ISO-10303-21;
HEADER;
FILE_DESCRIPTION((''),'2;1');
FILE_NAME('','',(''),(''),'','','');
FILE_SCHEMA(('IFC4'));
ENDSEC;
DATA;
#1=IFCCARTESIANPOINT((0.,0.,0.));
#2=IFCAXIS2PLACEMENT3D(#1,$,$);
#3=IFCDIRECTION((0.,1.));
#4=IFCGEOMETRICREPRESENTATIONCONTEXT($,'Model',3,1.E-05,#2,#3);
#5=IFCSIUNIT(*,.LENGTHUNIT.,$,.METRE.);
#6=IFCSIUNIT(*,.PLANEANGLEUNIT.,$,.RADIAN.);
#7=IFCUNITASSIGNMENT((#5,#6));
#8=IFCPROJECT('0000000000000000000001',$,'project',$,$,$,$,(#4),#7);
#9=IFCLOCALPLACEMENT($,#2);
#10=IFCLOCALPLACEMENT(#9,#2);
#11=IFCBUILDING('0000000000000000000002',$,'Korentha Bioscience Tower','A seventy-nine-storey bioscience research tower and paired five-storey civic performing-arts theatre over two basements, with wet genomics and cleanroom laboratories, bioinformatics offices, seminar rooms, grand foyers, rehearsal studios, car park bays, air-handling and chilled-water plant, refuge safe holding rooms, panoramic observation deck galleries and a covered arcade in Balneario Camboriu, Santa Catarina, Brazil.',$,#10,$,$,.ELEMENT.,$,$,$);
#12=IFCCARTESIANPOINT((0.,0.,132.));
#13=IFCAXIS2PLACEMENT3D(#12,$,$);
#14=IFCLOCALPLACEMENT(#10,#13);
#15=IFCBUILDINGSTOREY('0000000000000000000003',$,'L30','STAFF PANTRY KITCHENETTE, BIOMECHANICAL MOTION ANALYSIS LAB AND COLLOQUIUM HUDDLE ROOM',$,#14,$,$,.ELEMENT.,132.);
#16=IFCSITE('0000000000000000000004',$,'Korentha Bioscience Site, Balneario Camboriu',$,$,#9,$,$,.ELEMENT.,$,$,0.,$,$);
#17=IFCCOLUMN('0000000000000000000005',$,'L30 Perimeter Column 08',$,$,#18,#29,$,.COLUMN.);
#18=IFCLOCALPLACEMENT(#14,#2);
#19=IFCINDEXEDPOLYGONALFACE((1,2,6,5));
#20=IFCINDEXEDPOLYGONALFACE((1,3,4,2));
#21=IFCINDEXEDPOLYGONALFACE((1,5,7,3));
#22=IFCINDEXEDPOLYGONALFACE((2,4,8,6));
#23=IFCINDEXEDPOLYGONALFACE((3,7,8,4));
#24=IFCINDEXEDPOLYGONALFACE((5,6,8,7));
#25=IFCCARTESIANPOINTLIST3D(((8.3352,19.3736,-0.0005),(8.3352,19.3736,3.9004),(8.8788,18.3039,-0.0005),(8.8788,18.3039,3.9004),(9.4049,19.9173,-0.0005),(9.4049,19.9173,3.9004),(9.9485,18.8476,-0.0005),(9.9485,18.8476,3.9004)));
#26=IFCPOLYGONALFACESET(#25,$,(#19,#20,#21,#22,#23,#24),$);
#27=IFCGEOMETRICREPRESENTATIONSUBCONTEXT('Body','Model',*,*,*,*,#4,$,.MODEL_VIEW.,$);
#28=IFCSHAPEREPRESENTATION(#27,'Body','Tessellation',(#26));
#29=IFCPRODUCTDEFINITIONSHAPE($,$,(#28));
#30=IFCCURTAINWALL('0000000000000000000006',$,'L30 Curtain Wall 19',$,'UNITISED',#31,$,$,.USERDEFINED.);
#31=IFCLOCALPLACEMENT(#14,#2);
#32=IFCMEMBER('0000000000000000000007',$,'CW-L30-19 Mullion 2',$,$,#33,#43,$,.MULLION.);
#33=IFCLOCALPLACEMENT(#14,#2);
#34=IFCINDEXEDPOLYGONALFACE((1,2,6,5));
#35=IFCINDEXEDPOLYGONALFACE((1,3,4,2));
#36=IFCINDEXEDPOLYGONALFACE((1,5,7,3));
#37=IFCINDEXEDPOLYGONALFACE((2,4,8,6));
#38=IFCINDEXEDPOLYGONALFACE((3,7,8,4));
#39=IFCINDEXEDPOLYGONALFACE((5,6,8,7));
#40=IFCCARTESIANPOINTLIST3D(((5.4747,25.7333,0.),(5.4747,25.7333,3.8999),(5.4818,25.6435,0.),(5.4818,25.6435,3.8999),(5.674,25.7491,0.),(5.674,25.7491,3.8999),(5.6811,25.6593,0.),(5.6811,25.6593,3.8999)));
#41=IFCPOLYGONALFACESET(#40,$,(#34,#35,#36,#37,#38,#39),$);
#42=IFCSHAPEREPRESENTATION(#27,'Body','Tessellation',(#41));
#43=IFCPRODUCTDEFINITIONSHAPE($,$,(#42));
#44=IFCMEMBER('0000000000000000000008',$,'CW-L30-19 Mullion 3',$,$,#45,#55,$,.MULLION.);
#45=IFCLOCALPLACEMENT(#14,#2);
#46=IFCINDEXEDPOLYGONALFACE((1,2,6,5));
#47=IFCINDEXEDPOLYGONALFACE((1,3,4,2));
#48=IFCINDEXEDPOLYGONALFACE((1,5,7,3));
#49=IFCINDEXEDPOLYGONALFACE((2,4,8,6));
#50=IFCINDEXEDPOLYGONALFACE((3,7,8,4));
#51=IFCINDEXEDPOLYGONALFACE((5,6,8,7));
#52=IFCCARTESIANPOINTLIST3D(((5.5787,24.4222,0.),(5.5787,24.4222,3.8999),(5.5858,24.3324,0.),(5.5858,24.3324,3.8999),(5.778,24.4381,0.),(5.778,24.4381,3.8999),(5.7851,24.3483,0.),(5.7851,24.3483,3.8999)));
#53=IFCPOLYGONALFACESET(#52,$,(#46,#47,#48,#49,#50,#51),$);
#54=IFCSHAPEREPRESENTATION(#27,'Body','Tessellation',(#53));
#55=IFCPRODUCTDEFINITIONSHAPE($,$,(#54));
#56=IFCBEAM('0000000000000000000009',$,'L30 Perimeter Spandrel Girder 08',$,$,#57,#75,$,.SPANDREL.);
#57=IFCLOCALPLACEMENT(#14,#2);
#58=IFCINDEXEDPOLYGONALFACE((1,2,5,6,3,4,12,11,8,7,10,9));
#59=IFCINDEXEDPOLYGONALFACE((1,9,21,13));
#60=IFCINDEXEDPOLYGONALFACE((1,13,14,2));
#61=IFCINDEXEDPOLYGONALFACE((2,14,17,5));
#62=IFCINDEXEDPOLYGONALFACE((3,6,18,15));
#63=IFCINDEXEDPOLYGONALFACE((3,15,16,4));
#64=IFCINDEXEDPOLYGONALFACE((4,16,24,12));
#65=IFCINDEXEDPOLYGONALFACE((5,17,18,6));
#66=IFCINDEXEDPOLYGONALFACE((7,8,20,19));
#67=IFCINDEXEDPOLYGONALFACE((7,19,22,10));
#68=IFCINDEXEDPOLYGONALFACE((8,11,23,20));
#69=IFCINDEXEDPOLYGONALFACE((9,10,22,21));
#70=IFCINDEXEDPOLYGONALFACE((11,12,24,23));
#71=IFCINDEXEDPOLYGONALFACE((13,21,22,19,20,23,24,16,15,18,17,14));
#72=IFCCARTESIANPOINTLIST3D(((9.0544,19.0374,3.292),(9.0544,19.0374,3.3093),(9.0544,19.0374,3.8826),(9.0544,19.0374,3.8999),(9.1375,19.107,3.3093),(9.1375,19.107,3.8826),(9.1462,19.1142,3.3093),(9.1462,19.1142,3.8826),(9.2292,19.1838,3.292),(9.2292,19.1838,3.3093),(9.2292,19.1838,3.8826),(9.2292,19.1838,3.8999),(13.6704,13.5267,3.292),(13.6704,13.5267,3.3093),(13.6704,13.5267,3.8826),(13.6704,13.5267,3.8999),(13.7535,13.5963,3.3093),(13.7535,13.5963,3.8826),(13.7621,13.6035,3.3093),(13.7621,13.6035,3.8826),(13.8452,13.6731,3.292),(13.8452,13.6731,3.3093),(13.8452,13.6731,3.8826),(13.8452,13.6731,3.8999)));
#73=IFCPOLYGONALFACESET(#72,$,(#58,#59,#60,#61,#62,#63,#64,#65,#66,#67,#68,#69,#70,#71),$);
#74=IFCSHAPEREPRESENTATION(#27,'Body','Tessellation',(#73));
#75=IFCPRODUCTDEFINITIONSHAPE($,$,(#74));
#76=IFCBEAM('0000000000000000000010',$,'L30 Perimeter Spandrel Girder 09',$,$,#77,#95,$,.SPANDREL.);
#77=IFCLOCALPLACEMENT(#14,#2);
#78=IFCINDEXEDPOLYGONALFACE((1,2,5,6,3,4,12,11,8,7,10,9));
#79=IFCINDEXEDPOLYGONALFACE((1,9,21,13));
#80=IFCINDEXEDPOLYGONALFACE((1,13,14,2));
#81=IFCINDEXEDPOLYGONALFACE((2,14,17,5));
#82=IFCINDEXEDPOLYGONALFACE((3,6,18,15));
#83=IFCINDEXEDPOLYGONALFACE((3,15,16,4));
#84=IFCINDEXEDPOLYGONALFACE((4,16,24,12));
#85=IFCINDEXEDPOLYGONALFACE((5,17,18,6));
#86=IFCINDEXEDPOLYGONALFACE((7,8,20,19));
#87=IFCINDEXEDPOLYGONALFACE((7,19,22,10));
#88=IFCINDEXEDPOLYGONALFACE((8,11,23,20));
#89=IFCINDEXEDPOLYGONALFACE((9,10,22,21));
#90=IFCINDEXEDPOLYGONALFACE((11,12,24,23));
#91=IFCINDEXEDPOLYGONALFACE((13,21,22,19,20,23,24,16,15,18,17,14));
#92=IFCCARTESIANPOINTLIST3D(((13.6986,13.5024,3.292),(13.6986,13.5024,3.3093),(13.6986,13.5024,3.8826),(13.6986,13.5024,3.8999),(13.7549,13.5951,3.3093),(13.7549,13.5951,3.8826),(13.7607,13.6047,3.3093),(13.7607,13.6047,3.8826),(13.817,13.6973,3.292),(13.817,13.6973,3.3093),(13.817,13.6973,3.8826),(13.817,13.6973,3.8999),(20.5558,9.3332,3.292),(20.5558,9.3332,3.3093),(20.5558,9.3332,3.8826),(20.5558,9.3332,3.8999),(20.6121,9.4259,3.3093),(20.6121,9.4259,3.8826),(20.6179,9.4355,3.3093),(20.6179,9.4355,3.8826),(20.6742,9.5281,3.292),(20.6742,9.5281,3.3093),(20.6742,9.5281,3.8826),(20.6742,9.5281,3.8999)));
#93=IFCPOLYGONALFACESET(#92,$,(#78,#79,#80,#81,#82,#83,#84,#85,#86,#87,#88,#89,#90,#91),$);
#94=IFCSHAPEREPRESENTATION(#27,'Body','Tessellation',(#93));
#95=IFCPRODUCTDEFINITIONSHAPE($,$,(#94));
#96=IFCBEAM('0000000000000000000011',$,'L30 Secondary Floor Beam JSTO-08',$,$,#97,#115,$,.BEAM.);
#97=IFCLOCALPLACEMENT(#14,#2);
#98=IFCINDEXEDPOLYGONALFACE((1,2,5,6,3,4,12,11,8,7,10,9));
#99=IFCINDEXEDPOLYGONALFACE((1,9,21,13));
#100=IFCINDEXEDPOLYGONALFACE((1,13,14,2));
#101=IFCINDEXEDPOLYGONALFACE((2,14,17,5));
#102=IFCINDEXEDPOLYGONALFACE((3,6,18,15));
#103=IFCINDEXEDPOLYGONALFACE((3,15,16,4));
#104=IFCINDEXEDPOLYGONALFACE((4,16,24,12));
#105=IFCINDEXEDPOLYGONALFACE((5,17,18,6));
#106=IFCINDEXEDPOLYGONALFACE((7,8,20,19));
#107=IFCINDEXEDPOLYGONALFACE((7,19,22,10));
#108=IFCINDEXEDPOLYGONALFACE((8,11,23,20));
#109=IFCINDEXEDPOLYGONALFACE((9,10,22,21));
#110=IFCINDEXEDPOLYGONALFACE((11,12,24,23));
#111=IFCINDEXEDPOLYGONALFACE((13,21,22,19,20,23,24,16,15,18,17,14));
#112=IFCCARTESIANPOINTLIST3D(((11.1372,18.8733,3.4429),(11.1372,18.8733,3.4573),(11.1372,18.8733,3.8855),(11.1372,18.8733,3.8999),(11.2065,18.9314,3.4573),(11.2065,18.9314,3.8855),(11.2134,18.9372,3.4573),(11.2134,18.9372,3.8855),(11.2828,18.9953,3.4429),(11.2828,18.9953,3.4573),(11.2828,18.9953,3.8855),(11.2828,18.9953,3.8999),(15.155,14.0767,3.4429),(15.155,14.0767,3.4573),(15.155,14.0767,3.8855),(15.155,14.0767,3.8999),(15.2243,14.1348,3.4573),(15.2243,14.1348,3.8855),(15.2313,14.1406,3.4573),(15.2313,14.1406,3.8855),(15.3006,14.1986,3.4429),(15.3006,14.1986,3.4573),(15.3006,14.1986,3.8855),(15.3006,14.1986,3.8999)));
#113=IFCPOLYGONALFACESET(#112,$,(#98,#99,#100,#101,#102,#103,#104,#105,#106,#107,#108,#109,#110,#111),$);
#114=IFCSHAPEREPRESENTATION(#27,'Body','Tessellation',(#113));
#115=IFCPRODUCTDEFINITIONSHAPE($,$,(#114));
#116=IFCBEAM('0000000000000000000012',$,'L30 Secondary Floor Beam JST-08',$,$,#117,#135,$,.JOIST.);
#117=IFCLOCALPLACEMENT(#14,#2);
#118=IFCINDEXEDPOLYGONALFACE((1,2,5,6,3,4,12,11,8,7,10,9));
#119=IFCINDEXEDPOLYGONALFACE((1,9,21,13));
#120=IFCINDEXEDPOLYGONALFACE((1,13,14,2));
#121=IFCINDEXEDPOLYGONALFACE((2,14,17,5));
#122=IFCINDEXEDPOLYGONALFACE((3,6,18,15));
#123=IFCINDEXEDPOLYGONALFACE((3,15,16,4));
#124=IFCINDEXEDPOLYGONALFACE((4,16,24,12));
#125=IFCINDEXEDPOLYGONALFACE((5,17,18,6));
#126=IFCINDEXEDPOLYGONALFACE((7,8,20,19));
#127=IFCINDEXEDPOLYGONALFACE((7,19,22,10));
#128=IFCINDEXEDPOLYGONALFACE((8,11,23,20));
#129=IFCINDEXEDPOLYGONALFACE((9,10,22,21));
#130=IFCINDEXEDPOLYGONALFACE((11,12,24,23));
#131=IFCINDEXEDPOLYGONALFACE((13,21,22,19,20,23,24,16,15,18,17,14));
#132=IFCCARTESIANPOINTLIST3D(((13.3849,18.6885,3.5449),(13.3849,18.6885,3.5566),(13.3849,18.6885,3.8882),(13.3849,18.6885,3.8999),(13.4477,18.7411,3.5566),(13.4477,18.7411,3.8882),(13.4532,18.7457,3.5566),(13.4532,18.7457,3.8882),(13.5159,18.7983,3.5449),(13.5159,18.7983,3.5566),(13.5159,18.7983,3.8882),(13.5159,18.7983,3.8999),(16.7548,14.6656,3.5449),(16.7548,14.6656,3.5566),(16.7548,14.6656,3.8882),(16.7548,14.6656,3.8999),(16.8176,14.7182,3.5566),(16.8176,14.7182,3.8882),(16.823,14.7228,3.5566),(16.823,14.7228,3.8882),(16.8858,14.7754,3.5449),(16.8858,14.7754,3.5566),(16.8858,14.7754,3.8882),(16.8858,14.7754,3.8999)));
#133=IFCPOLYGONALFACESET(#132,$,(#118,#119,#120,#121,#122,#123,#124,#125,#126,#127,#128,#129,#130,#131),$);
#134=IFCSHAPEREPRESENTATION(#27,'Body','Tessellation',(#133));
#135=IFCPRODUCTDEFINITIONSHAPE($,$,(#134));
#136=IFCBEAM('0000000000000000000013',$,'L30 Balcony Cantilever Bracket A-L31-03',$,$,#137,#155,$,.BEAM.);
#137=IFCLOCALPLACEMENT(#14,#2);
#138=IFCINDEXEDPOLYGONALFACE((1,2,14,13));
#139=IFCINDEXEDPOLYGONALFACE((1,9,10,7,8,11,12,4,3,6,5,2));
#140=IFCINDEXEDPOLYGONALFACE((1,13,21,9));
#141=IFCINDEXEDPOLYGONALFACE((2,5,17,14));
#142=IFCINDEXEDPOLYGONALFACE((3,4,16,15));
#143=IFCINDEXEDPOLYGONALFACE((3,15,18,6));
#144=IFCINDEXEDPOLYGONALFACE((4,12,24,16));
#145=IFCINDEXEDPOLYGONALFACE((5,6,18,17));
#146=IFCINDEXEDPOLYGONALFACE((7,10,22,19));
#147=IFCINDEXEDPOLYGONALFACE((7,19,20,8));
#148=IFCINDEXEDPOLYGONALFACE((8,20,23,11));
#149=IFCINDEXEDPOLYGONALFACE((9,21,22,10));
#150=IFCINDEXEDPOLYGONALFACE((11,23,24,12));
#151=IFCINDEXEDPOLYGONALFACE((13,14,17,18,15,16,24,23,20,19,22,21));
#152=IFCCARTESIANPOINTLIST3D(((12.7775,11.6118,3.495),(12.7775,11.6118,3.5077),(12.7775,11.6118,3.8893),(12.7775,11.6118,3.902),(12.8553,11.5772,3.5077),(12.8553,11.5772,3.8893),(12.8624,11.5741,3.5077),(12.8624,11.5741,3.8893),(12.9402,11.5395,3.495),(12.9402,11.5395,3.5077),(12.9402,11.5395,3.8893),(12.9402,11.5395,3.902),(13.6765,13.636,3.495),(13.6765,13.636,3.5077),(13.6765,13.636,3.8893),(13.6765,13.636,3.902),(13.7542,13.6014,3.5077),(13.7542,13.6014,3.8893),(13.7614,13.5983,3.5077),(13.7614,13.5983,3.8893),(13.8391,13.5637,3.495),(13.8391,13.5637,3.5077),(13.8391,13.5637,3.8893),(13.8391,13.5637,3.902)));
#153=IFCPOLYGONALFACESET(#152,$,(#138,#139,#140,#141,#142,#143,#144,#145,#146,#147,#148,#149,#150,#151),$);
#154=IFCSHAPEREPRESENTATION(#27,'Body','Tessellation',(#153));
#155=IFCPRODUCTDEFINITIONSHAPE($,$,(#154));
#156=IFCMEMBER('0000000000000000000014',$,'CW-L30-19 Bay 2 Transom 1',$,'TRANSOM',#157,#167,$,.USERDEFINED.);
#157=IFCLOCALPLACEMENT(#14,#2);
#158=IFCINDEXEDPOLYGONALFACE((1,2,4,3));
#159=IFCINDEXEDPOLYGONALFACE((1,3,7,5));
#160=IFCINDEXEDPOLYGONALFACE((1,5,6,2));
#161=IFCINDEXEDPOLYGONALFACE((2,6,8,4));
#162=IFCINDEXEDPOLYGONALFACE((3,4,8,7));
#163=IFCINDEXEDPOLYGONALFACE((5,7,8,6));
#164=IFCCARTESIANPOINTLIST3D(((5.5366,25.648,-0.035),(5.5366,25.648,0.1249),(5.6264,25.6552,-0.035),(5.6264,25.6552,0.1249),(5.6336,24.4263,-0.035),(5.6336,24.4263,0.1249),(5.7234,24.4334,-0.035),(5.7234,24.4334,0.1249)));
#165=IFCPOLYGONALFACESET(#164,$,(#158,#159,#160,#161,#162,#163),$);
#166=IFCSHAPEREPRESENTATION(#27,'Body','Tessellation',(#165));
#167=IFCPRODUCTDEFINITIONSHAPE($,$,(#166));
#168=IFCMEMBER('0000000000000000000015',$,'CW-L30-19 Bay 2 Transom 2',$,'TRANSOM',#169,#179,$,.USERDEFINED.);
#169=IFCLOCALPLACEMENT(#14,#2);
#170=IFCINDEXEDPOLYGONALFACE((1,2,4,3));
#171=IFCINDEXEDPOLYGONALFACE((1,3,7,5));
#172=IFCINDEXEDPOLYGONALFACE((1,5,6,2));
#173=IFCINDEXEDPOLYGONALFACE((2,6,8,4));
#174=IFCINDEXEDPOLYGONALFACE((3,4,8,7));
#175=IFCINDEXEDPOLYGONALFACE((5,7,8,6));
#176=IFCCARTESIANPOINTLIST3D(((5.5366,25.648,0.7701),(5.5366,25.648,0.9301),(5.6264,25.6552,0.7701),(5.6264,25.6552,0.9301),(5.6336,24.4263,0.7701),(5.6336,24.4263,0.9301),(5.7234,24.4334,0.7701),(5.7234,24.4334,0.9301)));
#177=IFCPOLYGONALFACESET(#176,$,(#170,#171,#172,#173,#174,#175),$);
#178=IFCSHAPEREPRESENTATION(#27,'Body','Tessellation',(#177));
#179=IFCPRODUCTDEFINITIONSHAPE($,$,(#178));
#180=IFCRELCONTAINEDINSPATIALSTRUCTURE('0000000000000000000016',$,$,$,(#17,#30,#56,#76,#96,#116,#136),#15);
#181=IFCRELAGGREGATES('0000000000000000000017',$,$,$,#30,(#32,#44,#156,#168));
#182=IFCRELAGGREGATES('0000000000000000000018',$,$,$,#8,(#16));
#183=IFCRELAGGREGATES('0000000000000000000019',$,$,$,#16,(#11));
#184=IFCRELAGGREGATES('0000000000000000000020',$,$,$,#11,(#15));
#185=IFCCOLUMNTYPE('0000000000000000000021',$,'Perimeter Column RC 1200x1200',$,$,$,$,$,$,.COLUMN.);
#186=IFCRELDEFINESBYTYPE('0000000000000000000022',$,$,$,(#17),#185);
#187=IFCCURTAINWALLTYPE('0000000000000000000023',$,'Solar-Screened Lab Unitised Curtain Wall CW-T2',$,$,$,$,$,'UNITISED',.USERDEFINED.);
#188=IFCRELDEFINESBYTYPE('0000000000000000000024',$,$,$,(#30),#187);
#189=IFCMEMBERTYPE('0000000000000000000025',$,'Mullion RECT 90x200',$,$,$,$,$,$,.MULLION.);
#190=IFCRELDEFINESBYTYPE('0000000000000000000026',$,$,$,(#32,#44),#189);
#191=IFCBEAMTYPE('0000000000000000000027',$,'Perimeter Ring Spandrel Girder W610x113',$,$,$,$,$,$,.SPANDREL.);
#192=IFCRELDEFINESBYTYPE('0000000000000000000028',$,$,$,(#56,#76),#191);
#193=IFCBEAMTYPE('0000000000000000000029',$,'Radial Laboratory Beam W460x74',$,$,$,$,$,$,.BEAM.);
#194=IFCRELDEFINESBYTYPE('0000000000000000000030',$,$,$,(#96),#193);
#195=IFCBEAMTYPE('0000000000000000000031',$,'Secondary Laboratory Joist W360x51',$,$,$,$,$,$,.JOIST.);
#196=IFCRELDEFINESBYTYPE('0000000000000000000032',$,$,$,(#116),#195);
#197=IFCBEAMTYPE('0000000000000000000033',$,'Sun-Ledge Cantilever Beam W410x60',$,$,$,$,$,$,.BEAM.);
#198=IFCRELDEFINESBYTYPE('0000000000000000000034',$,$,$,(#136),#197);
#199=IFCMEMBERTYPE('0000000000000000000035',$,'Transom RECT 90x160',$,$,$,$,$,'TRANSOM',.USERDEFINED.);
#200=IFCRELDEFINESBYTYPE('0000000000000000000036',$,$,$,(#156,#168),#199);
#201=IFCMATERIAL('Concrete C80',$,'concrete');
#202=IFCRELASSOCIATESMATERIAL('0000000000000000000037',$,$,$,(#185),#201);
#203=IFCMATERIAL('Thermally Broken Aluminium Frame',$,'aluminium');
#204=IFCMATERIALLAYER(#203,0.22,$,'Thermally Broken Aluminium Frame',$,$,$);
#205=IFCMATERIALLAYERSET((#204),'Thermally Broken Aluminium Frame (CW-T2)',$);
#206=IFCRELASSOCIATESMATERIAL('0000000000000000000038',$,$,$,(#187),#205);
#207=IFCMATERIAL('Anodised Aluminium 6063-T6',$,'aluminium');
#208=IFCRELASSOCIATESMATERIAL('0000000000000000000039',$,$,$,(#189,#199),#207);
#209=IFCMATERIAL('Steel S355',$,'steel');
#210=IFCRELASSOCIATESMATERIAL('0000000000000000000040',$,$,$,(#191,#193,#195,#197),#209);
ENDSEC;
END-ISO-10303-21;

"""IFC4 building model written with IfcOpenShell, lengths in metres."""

from ifc_helpers import new_model, si_unit, direction, frame, origin, origin_2d, place, context, subcontext, project, spatial, rectangle, i_section, extrude, material, layer, layer_set, material_profile, profile_set, type_object, element, aggregate, save


model = new_model("IFC4")

# Units and contexts
model_context = context("Model", 3, precision=1e-05, world=origin(), true_north=direction((0.0, 1.0)))
body_context = subcontext(model_context, "Body", "Model", "MODEL_VIEW")
ifc_project = project(units=[si_unit("LENGTHUNIT", "METRE"), si_unit("PLANEANGLEUNIT", "RADIAN")], contexts=[model_context])

# Site, building, storey
site_placement = place(None, origin())
site = spatial("IfcSite", under=ifc_project, at=site_placement, Name="Korentha Bioscience Site, Balneario Camboriu", CompositionType="ELEMENT", RefElevation=0.0)
building_placement = place(site_placement, origin())
building = spatial("IfcBuilding", under=site, at=building_placement, Name="Korentha Bioscience Tower", Description="A seventy-nine-storey bioscience research tower and paired five-storey civic performing-arts theatre over two basements, with wet genomics and cleanroom laboratories, bioinformatics offices, seminar rooms, grand foyers, rehearsal studios, car park bays, air-handling and chilled-water plant, refuge safe holding rooms, panoramic observation deck galleries and a covered arcade in Balneario Camboriu, Santa Catarina, Brazil.", CompositionType="ELEMENT")
storey_placement = place(building_placement, frame((0.0, 0.0, 132.0)))
storey = spatial("IfcBuildingStorey", under=building, at=storey_placement, Name="L30", Description="STAFF PANTRY KITCHENETTE, BIOMECHANICAL MOTION ANALYSIS LAB AND COLLOQUIUM HUDDLE ROOM", CompositionType="ELEMENT", Elevation=132.0)

# Column
ifc_material_1 = material(Name="Concrete C80", Category="concrete")
ifc_material_profile_1 = material_profile(ifc_material_1, rectangle(XDim=1.2, YDim=1.2, at=origin_2d()), Name="Concrete C80")
ifc_profile_set_1 = profile_set([ifc_material_profile_1], Name="Concrete C80 (COL-P12)")
column_type = type_object("IfcColumnType", Name="Perimeter Column RC 1200x1200", PredefinedType="COLUMN", material=ifc_profile_set_1)
column_placement = place(storey_placement, frame((9.1418, 19.1106, -0.0005), z_axis=(0.0, 0.0, 1.0), x_axis=(-0.453057, 0.891481, 0.0)))
element("IfcColumn", 1, at=column_placement, inside=storey, type_object=column_type, Name="L30 Perimeter Column 08", PredefinedType="COLUMN", context=body_context, shape_type="SweptSolid", body=[
    extrude(rectangle(XDim=1.2, YDim=1.2, at=origin_2d()), origin(), (0.0, 0.0, 1.0), 3.9009),
])

# Curtain wall, members
ifc_material_2 = material(Name="Thermally Broken Aluminium Frame", Category="aluminium")
ifc_layer_1 = layer(ifc_material_2, 0.22, Name="Thermally Broken Aluminium Frame")
ifc_layer_set_1 = layer_set([ifc_layer_1], Name="Thermally Broken Aluminium Frame (CW-T2)")
curtain_wall_type = type_object("IfcCurtainWallType", Name="Solar-Screened Lab Unitised Curtain Wall CW-T2", ElementType="UNITISED", PredefinedType="USERDEFINED", material=ifc_layer_set_1)
curtain_wall_placement = place(storey_placement, origin())
curtain_wall = element("IfcCurtainWall", 2, at=curtain_wall_placement, inside=storey, type_object=curtain_wall_type, Name="L30 Curtain Wall 19", ObjectType="UNITISED", PredefinedType="USERDEFINED")
ifc_material_3 = material(Name="Anodised Aluminium 6063-T6", Category="aluminium")
ifc_material_profile_2 = material_profile(ifc_material_3, rectangle(XDim=0.0901, YDim=0.2, at=origin_2d()), Name="Anodised Aluminium 6063-T6")
ifc_profile_set_2 = profile_set([ifc_material_profile_2], Name="Anodised Aluminium 6063-T6 (CW-MUL)")
member_type_1 = type_object("IfcMemberType", Name="Mullion RECT 90x200", PredefinedType="MULLION", material=ifc_profile_set_2)
member_1_placement = place(storey_placement, frame((5.5779, 25.6963, 0.0), z_axis=(0.0, 0.0, 1.0), x_axis=(0.07913, -0.996864, 0.0)))
member_1 = element("IfcMember", 3, at=member_1_placement, type_object=member_type_1, Name="CW-L30-19 Mullion 2", PredefinedType="MULLION", context=body_context, shape_type="SweptSolid", body=[
    extrude(rectangle(XDim=0.0901, YDim=0.2, at=origin_2d()), origin(), (0.0, 0.0, 1.0), 3.8999),
])
member_2_placement = place(storey_placement, frame((5.6819, 24.3853, 0.0), z_axis=(0.0, 0.0, 1.0), x_axis=(0.07913, -0.996864, 0.0)))
member_2 = element("IfcMember", 4, at=member_2_placement, type_object=member_type_1, Name="CW-L30-19 Mullion 3", PredefinedType="MULLION", context=body_context, shape_type="SweptSolid", body=[
    extrude(rectangle(XDim=0.0901, YDim=0.2, at=origin_2d()), origin(), (0.0, 0.0, 1.0), 3.8999),
])

# Beams
ifc_material_4 = material(Name="Steel S355", Category="steel")
ifc_material_profile_3 = material_profile(ifc_material_4, i_section(OverallWidth=0.228, OverallDepth=0.6079, WebThickness=0.0112, FlangeThickness=0.0173, at=origin_2d()), Name="Steel S355")
ifc_profile_set_3 = profile_set([ifc_material_profile_3], Name="Steel S355 (SB-610)")
beam_type_1 = type_object("IfcBeamType", Name="Perimeter Ring Spandrel Girder W610x113", PredefinedType="SPANDREL", material=ifc_profile_set_3)
beam_1_placement = place(storey_placement, frame((9.1418, 19.1106, 3.5959), z_axis=(0.642127, -0.766599, 0.0), x_axis=(0.766599, 0.642127, 0.0)))
element("IfcBeam", 5, at=beam_1_placement, inside=storey, type_object=beam_type_1, Name="L30 Perimeter Spandrel Girder 08", PredefinedType="SPANDREL", context=body_context, shape_type="SweptSolid", body=[
    extrude(i_section(OverallWidth=0.228, OverallDepth=0.6079, WebThickness=0.0112, FlangeThickness=0.0173, at=origin_2d()), origin(), (0.0, 0.0, 1.0), 7.1885),
])
beam_2_placement = place(storey_placement, frame((13.7578, 13.5999, 3.5959), z_axis=(0.854461, -0.519515, 0.0), x_axis=(0.519515, 0.854461, 0.0)))
element("IfcBeam", 6, at=beam_2_placement, inside=storey, type_object=beam_type_1, Name="L30 Perimeter Spandrel Girder 09", PredefinedType="SPANDREL", context=body_context, shape_type="SweptSolid", body=[
    extrude(i_section(OverallWidth=0.228, OverallDepth=0.6079, WebThickness=0.0112, FlangeThickness=0.0173, at=origin_2d()), origin(), (0.0, 0.0, 1.0), 8.0251),
])
ifc_material_profile_4 = material_profile(ifc_material_4, i_section(OverallWidth=0.1899, OverallDepth=0.457, WebThickness=0.009, FlangeThickness=0.0144, at=origin_2d()), Name="Steel S355")
ifc_profile_set_4 = profile_set([ifc_material_profile_4], Name="Steel S355 (RB-460)")
beam_type_2 = type_object("IfcBeamType", Name="Radial Laboratory Beam W460x74", PredefinedType="BEAM", material=ifc_profile_set_4)
beam_3_placement = place(storey_placement, frame((11.21, 18.9343, 3.6714), z_axis=(0.642128, -0.766597, 0.0), x_axis=(0.766597, 0.642128, 0.0)))
element("IfcBeam", 7, at=beam_3_placement, inside=storey, type_object=beam_type_2, Name="L30 Secondary Floor Beam JSTO-08", PredefinedType="BEAM", context=body_context, shape_type="SweptSolid", body=[
    extrude(i_section(OverallWidth=0.1899, OverallDepth=0.457, WebThickness=0.009, FlangeThickness=0.0144, at=origin_2d()), origin(), (0.0, 0.0, 1.0), 6.2571),
])
ifc_material_profile_5 = material_profile(ifc_material_4, i_section(OverallWidth=0.1709, OverallDepth=0.355, WebThickness=0.0071, FlangeThickness=0.0117, at=origin_2d()), Name="Steel S355")
ifc_profile_set_5 = profile_set([ifc_material_profile_5], Name="Steel S355 (JB-360)")
beam_type_3 = type_object("IfcBeamType", Name="Secondary Laboratory Joist W360x51", PredefinedType="JOIST", material=ifc_profile_set_5)
beam_4_placement = place(storey_placement, frame((13.4504, 18.7434, 3.7224), z_axis=(0.642141, -0.766587, 0.0), x_axis=(0.766587, 0.642141, 0.0)))
element("IfcBeam", 8, at=beam_4_placement, inside=storey, type_object=beam_type_3, Name="L30 Secondary Floor Beam JST-08", PredefinedType="JOIST", context=body_context, shape_type="SweptSolid", body=[
    extrude(i_section(OverallWidth=0.1709, OverallDepth=0.355, WebThickness=0.0071, FlangeThickness=0.0117, at=origin_2d()), origin(), (0.0, 0.0, 1.0), 5.2478),
])
ifc_material_profile_6 = material_profile(ifc_material_4, i_section(OverallWidth=0.178, OverallDepth=0.407, WebThickness=0.0078, FlangeThickness=0.0127, at=origin_2d()), Name="Steel S355")
ifc_profile_set_6 = profile_set([ifc_material_profile_6], Name="Steel S355 (CB-410)")
beam_type_4 = type_object("IfcBeamType", Name="Sun-Ledge Cantilever Beam W410x60", PredefinedType="BEAM", material=ifc_profile_set_6)
beam_5_placement = place(storey_placement, frame((13.7578, 13.5999, 3.6985), z_axis=(-0.405873, -0.91393, 0.0), x_axis=(0.91393, -0.405873, 0.0)))
element("IfcBeam", 9, at=beam_5_placement, inside=storey, type_object=beam_type_4, Name="L30 Balcony Cantilever Bracket A-L31-03", PredefinedType="BEAM", context=body_context, shape_type="SweptSolid", body=[
    extrude(i_section(OverallWidth=0.178, OverallDepth=0.407, WebThickness=0.0078, FlangeThickness=0.0127, at=origin_2d()), origin(), (0.0, 0.0, 1.0), 2.2148),
])

# Members
ifc_material_profile_7 = material_profile(ifc_material_3, rectangle(XDim=0.0901, YDim=0.1599, at=origin_2d()), Name="Anodised Aluminium 6063-T6")
ifc_profile_set_7 = profile_set([ifc_material_profile_7], Name="Anodised Aluminium 6063-T6 (CW-TRN)")
member_type_2 = type_object("IfcMemberType", Name="Transom RECT 90x160", ElementType="TRANSOM", PredefinedType="USERDEFINED", material=ifc_profile_set_7)
member_3_placement = place(storey_placement, frame((5.5815, 25.6516, 0.0449), z_axis=(0.079088, -0.996868, 0.0), x_axis=(0.996868, 0.079088, 0.0)))
member_3 = element("IfcMember", 10, at=member_3_placement, type_object=member_type_2, Name="CW-L30-19 Bay 2 Transom 1", ObjectType="TRANSOM", PredefinedType="USERDEFINED", context=body_context, shape_type="SweptSolid", body=[
    extrude(rectangle(XDim=0.0901, YDim=0.1599, at=origin_2d()), origin(), (0.0, 0.0, 1.0), 1.2256),
])
member_4_placement = place(storey_placement, frame((5.5815, 25.6516, 0.8501), z_axis=(0.079088, -0.996868, 0.0), x_axis=(0.996868, 0.079088, 0.0)))
member_4 = element("IfcMember", 11, at=member_4_placement, type_object=member_type_2, Name="CW-L30-19 Bay 2 Transom 2", ObjectType="TRANSOM", PredefinedType="USERDEFINED", context=body_context, shape_type="SweptSolid", body=[
    extrude(rectangle(XDim=0.0901, YDim=0.1599, at=origin_2d()), origin(), (0.0, 0.0, 1.0), 1.2256),
])

aggregate(curtain_wall, [member_1, member_2, member_3, member_4])

save(model, "model.ifc")
